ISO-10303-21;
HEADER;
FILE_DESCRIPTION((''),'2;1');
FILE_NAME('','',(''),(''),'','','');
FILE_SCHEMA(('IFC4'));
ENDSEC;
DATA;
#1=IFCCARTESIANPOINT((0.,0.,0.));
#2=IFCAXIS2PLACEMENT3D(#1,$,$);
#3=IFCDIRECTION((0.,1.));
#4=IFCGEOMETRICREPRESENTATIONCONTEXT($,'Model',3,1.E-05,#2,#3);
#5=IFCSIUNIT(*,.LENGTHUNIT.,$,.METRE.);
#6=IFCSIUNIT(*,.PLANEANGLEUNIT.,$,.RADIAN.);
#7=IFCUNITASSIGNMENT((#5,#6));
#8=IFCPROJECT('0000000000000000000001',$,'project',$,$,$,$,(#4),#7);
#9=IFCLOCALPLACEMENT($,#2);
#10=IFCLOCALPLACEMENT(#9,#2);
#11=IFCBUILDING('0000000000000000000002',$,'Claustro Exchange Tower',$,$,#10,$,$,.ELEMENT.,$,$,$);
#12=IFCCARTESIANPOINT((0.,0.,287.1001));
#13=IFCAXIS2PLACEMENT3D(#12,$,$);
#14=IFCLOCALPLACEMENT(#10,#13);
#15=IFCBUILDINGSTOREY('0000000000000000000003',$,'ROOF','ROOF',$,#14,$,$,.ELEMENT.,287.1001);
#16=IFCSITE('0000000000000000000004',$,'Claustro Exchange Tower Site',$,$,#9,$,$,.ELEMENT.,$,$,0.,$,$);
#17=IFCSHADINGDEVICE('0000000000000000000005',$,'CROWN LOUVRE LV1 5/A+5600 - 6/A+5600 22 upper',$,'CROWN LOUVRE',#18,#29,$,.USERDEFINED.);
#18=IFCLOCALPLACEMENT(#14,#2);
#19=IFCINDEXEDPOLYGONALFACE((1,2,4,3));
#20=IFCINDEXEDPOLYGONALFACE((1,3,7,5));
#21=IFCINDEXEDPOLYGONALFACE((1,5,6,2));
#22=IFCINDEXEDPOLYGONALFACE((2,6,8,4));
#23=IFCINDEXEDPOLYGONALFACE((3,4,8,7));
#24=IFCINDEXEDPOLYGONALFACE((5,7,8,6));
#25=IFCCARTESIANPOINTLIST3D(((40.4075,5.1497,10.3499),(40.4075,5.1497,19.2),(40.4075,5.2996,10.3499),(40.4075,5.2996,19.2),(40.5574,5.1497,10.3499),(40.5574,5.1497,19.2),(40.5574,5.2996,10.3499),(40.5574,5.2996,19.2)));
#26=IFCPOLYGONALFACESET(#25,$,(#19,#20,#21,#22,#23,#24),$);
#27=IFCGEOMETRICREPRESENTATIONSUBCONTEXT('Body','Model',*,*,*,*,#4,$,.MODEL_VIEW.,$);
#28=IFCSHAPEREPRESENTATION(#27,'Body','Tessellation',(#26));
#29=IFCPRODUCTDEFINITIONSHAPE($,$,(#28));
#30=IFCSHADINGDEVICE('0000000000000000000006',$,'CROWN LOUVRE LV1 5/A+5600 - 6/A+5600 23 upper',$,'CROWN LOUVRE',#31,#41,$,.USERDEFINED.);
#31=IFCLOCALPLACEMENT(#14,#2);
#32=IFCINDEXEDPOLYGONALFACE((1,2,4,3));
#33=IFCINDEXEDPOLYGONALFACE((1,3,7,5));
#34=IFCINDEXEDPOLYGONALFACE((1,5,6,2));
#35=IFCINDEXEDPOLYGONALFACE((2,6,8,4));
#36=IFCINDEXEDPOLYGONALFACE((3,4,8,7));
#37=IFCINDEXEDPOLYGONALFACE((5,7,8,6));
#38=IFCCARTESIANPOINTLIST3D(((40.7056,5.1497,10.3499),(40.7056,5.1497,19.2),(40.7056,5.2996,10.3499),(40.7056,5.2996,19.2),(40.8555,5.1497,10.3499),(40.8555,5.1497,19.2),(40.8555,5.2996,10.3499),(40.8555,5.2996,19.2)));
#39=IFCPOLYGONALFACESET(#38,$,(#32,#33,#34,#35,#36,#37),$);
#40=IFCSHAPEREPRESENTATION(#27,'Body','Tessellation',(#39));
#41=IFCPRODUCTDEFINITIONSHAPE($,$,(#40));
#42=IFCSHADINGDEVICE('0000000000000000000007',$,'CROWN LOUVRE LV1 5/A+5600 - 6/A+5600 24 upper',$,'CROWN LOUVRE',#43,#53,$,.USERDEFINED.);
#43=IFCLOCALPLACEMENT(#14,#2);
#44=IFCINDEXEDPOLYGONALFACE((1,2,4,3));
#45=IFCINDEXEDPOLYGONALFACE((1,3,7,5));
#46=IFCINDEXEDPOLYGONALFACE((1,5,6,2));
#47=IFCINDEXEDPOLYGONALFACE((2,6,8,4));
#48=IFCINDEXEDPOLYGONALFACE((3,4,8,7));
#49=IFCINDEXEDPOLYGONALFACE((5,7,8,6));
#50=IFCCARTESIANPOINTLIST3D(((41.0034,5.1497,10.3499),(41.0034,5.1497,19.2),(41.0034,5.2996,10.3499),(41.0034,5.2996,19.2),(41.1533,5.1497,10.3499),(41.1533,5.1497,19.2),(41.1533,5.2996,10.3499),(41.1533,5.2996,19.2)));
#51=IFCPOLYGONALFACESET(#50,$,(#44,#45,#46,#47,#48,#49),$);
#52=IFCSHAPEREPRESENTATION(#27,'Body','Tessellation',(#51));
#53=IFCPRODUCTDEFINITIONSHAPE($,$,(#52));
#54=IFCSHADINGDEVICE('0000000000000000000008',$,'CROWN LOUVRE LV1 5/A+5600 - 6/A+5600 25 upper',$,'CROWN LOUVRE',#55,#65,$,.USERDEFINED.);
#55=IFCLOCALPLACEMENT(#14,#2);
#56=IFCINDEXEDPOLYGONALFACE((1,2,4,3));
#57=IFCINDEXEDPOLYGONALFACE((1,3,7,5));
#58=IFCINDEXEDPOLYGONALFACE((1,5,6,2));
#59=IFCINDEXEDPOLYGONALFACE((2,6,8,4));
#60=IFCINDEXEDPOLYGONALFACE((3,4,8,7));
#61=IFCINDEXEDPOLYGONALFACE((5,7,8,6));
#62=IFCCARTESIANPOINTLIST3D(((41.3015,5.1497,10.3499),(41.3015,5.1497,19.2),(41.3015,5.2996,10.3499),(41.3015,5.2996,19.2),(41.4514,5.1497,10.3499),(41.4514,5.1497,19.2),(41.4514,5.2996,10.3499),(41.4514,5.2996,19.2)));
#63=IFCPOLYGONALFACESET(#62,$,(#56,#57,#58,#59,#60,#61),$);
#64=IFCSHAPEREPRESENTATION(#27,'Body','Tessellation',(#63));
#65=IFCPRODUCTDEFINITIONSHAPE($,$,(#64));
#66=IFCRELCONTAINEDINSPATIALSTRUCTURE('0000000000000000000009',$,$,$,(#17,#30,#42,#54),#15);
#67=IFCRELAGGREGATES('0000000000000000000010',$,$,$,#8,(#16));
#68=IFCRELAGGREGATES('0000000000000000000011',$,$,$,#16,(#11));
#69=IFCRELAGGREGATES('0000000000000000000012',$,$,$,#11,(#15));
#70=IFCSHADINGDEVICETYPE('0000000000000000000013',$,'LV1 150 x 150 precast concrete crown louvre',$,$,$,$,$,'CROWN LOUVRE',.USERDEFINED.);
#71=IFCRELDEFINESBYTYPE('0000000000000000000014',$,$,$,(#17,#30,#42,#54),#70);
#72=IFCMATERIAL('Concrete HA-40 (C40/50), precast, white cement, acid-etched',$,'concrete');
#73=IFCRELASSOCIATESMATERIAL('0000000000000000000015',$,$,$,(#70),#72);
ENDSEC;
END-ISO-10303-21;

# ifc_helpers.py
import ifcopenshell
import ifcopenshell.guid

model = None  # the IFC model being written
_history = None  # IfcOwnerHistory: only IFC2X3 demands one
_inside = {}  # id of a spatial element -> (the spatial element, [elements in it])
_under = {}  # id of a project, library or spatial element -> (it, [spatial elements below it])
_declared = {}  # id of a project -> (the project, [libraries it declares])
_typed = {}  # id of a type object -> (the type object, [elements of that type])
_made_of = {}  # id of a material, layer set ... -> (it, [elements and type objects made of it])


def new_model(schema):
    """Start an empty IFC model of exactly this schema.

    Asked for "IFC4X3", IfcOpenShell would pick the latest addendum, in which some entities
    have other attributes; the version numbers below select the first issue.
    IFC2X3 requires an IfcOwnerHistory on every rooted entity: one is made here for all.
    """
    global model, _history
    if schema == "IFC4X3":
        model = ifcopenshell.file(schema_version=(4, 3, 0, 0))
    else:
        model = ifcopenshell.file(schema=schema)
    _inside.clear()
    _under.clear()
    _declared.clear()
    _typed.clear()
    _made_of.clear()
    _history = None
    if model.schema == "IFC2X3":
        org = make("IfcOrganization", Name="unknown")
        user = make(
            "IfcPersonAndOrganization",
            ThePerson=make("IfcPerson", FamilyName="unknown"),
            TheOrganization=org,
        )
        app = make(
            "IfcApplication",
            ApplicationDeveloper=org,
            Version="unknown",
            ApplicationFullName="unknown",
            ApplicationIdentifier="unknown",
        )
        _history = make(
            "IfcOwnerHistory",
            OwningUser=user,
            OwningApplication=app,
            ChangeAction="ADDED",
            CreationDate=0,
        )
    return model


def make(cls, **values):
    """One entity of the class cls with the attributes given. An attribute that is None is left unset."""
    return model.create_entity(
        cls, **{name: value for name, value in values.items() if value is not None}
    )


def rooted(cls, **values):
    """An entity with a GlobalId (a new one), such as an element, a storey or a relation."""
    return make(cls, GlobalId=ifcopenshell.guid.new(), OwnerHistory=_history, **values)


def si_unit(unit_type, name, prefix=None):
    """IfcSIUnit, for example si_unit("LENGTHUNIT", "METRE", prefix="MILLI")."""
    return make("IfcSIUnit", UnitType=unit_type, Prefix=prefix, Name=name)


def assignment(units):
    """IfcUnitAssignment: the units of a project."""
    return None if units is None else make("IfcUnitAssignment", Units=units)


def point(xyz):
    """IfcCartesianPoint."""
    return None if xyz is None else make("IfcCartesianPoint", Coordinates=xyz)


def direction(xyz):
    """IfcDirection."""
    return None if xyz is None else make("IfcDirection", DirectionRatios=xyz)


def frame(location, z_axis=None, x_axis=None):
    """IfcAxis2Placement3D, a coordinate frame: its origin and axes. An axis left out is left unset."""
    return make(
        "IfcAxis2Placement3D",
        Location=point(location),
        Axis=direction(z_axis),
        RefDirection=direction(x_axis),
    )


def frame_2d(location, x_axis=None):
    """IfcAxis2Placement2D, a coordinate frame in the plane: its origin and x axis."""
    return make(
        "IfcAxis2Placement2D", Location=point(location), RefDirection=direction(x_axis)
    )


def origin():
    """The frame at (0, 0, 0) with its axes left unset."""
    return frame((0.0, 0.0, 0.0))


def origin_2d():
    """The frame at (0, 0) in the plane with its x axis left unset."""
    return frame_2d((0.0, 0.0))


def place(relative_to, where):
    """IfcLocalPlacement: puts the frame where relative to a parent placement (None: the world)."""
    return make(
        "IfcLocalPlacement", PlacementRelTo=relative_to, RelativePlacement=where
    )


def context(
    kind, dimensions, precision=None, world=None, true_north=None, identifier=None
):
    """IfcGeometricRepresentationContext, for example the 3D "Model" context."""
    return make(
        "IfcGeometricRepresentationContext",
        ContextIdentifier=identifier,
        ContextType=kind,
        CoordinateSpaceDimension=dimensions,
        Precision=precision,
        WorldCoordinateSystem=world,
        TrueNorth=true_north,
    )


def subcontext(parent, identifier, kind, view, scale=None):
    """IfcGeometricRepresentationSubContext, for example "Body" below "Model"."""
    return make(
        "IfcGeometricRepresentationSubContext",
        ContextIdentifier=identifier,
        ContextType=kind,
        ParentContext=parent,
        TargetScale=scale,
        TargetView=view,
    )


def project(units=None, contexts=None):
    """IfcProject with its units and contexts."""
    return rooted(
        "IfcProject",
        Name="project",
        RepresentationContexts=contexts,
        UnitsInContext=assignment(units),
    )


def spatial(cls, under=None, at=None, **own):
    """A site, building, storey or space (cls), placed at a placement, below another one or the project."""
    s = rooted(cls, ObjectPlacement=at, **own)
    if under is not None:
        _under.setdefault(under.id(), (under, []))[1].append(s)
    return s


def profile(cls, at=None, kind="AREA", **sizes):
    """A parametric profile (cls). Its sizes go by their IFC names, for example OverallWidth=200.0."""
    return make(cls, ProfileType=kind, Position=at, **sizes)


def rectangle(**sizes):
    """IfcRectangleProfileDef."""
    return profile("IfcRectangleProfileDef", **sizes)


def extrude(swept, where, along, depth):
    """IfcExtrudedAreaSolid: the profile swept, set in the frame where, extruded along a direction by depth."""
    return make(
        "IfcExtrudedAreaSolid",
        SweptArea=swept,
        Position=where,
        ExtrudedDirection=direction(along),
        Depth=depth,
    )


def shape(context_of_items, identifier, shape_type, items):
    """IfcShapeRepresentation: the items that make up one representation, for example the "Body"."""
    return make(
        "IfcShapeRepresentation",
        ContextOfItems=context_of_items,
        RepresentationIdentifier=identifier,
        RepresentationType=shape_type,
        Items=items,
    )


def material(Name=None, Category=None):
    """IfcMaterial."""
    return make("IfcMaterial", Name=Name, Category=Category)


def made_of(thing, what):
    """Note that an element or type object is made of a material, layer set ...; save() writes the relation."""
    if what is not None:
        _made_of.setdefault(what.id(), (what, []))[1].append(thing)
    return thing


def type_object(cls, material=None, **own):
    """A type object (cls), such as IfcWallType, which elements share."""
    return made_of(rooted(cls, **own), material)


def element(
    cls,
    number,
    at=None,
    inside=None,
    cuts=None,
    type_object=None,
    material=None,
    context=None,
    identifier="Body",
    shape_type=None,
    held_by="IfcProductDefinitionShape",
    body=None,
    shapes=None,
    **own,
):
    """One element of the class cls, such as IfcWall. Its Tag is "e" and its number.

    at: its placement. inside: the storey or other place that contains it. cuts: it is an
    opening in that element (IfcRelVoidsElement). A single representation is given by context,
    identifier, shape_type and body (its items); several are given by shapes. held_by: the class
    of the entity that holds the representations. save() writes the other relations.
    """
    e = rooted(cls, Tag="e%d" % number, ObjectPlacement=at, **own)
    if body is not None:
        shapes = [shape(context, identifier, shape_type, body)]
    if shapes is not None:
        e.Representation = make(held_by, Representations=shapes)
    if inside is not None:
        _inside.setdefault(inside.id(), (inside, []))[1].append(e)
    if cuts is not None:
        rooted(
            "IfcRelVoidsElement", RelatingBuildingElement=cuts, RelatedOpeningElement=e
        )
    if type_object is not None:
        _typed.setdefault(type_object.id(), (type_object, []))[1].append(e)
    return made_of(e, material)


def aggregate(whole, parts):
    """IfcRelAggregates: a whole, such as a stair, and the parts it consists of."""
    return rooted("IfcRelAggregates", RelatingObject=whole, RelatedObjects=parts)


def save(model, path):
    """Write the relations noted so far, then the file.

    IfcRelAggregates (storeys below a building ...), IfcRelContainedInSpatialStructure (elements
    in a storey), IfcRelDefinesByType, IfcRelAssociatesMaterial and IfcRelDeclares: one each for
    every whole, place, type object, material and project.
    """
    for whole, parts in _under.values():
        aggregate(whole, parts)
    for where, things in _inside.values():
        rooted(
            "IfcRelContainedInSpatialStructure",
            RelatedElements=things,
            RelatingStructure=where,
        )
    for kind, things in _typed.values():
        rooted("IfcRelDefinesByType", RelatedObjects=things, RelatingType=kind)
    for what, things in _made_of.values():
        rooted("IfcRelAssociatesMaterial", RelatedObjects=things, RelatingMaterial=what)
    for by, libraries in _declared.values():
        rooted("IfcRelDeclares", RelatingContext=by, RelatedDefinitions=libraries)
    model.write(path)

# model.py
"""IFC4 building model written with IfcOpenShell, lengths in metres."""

from ifc_helpers import new_model, si_unit, direction, frame, origin, origin_2d, place, context, subcontext, project, spatial, rectangle, extrude, material, type_object, element, save


model = new_model("IFC4")

# Units and contexts
model_context = context("Model", 3, precision=1e-05, world=origin(), true_north=direction((0.0, 1.0)))
body_context = subcontext(model_context, "Body", "Model", "MODEL_VIEW")
ifc_project = project(units=[si_unit("LENGTHUNIT", "METRE"), si_unit("PLANEANGLEUNIT", "RADIAN")], contexts=[model_context])

# Site, building, storey
site_placement = place(None, origin())
site = spatial("IfcSite", under=ifc_project, at=site_placement, Name="Claustro Exchange Tower Site", CompositionType="ELEMENT", RefElevation=0.0)
building_placement = place(site_placement, origin())
building = spatial("IfcBuilding", under=site, at=building_placement, Name="Claustro Exchange Tower", CompositionType="ELEMENT")
storey_placement = place(building_placement, frame((0.0, 0.0, 287.1001)))
storey = spatial("IfcBuildingStorey", under=building, at=storey_placement, Name="ROOF", Description="ROOF", CompositionType="ELEMENT", Elevation=287.1001)

# Shading devices
ifc_material_1 = material(Name="Concrete HA-40 (C40/50), precast, white cement, acid-etched", Category="concrete")
shading_device_type = type_object("IfcShadingDeviceType", Name="LV1 150 x 150 precast concrete crown louvre", ElementType="CROWN LOUVRE", PredefinedType="USERDEFINED", material=ifc_material_1)
for number, where, z_axis, x_axis, name in (
    (1, (40.4824, 5.2246, 10.3499), (0.0, 0.0, 1.0), (1.0, 0.0, 0.0), "CROWN LOUVRE LV1 5/A+5600 - 6/A+5600 22 upper"),
    (2, (40.7805, 5.2246, 10.3499), (0.0, 0.0, 1.0), (1.0, 0.0, 0.0), "CROWN LOUVRE LV1 5/A+5600 - 6/A+5600 23 upper"),
    (3, (41.0784, 5.2246, 10.3499), (0.0, 0.0, 1.0), (1.0, 0.0, 0.0), "CROWN LOUVRE LV1 5/A+5600 - 6/A+5600 24 upper"),
    (4, (41.3765, 5.2246, 10.3499), (0.0, 0.0, 1.0), (1.0, 0.0, 0.0), "CROWN LOUVRE LV1 5/A+5600 - 6/A+5600 25 upper"),
):
    element("IfcShadingDevice", number, at=place(storey_placement, frame(where, z_axis=z_axis, x_axis=x_axis)), inside=storey, type_object=shading_device_type, Name=name, ObjectType="CROWN LOUVRE", PredefinedType="USERDEFINED", context=body_context, shape_type="SweptSolid", body=[
        extrude(rectangle(XDim=0.1499, YDim=0.1499, at=origin_2d()), origin(), (0.0, 0.0, 1.0), 8.8501),
    ])

save(model, "model.ifc")
